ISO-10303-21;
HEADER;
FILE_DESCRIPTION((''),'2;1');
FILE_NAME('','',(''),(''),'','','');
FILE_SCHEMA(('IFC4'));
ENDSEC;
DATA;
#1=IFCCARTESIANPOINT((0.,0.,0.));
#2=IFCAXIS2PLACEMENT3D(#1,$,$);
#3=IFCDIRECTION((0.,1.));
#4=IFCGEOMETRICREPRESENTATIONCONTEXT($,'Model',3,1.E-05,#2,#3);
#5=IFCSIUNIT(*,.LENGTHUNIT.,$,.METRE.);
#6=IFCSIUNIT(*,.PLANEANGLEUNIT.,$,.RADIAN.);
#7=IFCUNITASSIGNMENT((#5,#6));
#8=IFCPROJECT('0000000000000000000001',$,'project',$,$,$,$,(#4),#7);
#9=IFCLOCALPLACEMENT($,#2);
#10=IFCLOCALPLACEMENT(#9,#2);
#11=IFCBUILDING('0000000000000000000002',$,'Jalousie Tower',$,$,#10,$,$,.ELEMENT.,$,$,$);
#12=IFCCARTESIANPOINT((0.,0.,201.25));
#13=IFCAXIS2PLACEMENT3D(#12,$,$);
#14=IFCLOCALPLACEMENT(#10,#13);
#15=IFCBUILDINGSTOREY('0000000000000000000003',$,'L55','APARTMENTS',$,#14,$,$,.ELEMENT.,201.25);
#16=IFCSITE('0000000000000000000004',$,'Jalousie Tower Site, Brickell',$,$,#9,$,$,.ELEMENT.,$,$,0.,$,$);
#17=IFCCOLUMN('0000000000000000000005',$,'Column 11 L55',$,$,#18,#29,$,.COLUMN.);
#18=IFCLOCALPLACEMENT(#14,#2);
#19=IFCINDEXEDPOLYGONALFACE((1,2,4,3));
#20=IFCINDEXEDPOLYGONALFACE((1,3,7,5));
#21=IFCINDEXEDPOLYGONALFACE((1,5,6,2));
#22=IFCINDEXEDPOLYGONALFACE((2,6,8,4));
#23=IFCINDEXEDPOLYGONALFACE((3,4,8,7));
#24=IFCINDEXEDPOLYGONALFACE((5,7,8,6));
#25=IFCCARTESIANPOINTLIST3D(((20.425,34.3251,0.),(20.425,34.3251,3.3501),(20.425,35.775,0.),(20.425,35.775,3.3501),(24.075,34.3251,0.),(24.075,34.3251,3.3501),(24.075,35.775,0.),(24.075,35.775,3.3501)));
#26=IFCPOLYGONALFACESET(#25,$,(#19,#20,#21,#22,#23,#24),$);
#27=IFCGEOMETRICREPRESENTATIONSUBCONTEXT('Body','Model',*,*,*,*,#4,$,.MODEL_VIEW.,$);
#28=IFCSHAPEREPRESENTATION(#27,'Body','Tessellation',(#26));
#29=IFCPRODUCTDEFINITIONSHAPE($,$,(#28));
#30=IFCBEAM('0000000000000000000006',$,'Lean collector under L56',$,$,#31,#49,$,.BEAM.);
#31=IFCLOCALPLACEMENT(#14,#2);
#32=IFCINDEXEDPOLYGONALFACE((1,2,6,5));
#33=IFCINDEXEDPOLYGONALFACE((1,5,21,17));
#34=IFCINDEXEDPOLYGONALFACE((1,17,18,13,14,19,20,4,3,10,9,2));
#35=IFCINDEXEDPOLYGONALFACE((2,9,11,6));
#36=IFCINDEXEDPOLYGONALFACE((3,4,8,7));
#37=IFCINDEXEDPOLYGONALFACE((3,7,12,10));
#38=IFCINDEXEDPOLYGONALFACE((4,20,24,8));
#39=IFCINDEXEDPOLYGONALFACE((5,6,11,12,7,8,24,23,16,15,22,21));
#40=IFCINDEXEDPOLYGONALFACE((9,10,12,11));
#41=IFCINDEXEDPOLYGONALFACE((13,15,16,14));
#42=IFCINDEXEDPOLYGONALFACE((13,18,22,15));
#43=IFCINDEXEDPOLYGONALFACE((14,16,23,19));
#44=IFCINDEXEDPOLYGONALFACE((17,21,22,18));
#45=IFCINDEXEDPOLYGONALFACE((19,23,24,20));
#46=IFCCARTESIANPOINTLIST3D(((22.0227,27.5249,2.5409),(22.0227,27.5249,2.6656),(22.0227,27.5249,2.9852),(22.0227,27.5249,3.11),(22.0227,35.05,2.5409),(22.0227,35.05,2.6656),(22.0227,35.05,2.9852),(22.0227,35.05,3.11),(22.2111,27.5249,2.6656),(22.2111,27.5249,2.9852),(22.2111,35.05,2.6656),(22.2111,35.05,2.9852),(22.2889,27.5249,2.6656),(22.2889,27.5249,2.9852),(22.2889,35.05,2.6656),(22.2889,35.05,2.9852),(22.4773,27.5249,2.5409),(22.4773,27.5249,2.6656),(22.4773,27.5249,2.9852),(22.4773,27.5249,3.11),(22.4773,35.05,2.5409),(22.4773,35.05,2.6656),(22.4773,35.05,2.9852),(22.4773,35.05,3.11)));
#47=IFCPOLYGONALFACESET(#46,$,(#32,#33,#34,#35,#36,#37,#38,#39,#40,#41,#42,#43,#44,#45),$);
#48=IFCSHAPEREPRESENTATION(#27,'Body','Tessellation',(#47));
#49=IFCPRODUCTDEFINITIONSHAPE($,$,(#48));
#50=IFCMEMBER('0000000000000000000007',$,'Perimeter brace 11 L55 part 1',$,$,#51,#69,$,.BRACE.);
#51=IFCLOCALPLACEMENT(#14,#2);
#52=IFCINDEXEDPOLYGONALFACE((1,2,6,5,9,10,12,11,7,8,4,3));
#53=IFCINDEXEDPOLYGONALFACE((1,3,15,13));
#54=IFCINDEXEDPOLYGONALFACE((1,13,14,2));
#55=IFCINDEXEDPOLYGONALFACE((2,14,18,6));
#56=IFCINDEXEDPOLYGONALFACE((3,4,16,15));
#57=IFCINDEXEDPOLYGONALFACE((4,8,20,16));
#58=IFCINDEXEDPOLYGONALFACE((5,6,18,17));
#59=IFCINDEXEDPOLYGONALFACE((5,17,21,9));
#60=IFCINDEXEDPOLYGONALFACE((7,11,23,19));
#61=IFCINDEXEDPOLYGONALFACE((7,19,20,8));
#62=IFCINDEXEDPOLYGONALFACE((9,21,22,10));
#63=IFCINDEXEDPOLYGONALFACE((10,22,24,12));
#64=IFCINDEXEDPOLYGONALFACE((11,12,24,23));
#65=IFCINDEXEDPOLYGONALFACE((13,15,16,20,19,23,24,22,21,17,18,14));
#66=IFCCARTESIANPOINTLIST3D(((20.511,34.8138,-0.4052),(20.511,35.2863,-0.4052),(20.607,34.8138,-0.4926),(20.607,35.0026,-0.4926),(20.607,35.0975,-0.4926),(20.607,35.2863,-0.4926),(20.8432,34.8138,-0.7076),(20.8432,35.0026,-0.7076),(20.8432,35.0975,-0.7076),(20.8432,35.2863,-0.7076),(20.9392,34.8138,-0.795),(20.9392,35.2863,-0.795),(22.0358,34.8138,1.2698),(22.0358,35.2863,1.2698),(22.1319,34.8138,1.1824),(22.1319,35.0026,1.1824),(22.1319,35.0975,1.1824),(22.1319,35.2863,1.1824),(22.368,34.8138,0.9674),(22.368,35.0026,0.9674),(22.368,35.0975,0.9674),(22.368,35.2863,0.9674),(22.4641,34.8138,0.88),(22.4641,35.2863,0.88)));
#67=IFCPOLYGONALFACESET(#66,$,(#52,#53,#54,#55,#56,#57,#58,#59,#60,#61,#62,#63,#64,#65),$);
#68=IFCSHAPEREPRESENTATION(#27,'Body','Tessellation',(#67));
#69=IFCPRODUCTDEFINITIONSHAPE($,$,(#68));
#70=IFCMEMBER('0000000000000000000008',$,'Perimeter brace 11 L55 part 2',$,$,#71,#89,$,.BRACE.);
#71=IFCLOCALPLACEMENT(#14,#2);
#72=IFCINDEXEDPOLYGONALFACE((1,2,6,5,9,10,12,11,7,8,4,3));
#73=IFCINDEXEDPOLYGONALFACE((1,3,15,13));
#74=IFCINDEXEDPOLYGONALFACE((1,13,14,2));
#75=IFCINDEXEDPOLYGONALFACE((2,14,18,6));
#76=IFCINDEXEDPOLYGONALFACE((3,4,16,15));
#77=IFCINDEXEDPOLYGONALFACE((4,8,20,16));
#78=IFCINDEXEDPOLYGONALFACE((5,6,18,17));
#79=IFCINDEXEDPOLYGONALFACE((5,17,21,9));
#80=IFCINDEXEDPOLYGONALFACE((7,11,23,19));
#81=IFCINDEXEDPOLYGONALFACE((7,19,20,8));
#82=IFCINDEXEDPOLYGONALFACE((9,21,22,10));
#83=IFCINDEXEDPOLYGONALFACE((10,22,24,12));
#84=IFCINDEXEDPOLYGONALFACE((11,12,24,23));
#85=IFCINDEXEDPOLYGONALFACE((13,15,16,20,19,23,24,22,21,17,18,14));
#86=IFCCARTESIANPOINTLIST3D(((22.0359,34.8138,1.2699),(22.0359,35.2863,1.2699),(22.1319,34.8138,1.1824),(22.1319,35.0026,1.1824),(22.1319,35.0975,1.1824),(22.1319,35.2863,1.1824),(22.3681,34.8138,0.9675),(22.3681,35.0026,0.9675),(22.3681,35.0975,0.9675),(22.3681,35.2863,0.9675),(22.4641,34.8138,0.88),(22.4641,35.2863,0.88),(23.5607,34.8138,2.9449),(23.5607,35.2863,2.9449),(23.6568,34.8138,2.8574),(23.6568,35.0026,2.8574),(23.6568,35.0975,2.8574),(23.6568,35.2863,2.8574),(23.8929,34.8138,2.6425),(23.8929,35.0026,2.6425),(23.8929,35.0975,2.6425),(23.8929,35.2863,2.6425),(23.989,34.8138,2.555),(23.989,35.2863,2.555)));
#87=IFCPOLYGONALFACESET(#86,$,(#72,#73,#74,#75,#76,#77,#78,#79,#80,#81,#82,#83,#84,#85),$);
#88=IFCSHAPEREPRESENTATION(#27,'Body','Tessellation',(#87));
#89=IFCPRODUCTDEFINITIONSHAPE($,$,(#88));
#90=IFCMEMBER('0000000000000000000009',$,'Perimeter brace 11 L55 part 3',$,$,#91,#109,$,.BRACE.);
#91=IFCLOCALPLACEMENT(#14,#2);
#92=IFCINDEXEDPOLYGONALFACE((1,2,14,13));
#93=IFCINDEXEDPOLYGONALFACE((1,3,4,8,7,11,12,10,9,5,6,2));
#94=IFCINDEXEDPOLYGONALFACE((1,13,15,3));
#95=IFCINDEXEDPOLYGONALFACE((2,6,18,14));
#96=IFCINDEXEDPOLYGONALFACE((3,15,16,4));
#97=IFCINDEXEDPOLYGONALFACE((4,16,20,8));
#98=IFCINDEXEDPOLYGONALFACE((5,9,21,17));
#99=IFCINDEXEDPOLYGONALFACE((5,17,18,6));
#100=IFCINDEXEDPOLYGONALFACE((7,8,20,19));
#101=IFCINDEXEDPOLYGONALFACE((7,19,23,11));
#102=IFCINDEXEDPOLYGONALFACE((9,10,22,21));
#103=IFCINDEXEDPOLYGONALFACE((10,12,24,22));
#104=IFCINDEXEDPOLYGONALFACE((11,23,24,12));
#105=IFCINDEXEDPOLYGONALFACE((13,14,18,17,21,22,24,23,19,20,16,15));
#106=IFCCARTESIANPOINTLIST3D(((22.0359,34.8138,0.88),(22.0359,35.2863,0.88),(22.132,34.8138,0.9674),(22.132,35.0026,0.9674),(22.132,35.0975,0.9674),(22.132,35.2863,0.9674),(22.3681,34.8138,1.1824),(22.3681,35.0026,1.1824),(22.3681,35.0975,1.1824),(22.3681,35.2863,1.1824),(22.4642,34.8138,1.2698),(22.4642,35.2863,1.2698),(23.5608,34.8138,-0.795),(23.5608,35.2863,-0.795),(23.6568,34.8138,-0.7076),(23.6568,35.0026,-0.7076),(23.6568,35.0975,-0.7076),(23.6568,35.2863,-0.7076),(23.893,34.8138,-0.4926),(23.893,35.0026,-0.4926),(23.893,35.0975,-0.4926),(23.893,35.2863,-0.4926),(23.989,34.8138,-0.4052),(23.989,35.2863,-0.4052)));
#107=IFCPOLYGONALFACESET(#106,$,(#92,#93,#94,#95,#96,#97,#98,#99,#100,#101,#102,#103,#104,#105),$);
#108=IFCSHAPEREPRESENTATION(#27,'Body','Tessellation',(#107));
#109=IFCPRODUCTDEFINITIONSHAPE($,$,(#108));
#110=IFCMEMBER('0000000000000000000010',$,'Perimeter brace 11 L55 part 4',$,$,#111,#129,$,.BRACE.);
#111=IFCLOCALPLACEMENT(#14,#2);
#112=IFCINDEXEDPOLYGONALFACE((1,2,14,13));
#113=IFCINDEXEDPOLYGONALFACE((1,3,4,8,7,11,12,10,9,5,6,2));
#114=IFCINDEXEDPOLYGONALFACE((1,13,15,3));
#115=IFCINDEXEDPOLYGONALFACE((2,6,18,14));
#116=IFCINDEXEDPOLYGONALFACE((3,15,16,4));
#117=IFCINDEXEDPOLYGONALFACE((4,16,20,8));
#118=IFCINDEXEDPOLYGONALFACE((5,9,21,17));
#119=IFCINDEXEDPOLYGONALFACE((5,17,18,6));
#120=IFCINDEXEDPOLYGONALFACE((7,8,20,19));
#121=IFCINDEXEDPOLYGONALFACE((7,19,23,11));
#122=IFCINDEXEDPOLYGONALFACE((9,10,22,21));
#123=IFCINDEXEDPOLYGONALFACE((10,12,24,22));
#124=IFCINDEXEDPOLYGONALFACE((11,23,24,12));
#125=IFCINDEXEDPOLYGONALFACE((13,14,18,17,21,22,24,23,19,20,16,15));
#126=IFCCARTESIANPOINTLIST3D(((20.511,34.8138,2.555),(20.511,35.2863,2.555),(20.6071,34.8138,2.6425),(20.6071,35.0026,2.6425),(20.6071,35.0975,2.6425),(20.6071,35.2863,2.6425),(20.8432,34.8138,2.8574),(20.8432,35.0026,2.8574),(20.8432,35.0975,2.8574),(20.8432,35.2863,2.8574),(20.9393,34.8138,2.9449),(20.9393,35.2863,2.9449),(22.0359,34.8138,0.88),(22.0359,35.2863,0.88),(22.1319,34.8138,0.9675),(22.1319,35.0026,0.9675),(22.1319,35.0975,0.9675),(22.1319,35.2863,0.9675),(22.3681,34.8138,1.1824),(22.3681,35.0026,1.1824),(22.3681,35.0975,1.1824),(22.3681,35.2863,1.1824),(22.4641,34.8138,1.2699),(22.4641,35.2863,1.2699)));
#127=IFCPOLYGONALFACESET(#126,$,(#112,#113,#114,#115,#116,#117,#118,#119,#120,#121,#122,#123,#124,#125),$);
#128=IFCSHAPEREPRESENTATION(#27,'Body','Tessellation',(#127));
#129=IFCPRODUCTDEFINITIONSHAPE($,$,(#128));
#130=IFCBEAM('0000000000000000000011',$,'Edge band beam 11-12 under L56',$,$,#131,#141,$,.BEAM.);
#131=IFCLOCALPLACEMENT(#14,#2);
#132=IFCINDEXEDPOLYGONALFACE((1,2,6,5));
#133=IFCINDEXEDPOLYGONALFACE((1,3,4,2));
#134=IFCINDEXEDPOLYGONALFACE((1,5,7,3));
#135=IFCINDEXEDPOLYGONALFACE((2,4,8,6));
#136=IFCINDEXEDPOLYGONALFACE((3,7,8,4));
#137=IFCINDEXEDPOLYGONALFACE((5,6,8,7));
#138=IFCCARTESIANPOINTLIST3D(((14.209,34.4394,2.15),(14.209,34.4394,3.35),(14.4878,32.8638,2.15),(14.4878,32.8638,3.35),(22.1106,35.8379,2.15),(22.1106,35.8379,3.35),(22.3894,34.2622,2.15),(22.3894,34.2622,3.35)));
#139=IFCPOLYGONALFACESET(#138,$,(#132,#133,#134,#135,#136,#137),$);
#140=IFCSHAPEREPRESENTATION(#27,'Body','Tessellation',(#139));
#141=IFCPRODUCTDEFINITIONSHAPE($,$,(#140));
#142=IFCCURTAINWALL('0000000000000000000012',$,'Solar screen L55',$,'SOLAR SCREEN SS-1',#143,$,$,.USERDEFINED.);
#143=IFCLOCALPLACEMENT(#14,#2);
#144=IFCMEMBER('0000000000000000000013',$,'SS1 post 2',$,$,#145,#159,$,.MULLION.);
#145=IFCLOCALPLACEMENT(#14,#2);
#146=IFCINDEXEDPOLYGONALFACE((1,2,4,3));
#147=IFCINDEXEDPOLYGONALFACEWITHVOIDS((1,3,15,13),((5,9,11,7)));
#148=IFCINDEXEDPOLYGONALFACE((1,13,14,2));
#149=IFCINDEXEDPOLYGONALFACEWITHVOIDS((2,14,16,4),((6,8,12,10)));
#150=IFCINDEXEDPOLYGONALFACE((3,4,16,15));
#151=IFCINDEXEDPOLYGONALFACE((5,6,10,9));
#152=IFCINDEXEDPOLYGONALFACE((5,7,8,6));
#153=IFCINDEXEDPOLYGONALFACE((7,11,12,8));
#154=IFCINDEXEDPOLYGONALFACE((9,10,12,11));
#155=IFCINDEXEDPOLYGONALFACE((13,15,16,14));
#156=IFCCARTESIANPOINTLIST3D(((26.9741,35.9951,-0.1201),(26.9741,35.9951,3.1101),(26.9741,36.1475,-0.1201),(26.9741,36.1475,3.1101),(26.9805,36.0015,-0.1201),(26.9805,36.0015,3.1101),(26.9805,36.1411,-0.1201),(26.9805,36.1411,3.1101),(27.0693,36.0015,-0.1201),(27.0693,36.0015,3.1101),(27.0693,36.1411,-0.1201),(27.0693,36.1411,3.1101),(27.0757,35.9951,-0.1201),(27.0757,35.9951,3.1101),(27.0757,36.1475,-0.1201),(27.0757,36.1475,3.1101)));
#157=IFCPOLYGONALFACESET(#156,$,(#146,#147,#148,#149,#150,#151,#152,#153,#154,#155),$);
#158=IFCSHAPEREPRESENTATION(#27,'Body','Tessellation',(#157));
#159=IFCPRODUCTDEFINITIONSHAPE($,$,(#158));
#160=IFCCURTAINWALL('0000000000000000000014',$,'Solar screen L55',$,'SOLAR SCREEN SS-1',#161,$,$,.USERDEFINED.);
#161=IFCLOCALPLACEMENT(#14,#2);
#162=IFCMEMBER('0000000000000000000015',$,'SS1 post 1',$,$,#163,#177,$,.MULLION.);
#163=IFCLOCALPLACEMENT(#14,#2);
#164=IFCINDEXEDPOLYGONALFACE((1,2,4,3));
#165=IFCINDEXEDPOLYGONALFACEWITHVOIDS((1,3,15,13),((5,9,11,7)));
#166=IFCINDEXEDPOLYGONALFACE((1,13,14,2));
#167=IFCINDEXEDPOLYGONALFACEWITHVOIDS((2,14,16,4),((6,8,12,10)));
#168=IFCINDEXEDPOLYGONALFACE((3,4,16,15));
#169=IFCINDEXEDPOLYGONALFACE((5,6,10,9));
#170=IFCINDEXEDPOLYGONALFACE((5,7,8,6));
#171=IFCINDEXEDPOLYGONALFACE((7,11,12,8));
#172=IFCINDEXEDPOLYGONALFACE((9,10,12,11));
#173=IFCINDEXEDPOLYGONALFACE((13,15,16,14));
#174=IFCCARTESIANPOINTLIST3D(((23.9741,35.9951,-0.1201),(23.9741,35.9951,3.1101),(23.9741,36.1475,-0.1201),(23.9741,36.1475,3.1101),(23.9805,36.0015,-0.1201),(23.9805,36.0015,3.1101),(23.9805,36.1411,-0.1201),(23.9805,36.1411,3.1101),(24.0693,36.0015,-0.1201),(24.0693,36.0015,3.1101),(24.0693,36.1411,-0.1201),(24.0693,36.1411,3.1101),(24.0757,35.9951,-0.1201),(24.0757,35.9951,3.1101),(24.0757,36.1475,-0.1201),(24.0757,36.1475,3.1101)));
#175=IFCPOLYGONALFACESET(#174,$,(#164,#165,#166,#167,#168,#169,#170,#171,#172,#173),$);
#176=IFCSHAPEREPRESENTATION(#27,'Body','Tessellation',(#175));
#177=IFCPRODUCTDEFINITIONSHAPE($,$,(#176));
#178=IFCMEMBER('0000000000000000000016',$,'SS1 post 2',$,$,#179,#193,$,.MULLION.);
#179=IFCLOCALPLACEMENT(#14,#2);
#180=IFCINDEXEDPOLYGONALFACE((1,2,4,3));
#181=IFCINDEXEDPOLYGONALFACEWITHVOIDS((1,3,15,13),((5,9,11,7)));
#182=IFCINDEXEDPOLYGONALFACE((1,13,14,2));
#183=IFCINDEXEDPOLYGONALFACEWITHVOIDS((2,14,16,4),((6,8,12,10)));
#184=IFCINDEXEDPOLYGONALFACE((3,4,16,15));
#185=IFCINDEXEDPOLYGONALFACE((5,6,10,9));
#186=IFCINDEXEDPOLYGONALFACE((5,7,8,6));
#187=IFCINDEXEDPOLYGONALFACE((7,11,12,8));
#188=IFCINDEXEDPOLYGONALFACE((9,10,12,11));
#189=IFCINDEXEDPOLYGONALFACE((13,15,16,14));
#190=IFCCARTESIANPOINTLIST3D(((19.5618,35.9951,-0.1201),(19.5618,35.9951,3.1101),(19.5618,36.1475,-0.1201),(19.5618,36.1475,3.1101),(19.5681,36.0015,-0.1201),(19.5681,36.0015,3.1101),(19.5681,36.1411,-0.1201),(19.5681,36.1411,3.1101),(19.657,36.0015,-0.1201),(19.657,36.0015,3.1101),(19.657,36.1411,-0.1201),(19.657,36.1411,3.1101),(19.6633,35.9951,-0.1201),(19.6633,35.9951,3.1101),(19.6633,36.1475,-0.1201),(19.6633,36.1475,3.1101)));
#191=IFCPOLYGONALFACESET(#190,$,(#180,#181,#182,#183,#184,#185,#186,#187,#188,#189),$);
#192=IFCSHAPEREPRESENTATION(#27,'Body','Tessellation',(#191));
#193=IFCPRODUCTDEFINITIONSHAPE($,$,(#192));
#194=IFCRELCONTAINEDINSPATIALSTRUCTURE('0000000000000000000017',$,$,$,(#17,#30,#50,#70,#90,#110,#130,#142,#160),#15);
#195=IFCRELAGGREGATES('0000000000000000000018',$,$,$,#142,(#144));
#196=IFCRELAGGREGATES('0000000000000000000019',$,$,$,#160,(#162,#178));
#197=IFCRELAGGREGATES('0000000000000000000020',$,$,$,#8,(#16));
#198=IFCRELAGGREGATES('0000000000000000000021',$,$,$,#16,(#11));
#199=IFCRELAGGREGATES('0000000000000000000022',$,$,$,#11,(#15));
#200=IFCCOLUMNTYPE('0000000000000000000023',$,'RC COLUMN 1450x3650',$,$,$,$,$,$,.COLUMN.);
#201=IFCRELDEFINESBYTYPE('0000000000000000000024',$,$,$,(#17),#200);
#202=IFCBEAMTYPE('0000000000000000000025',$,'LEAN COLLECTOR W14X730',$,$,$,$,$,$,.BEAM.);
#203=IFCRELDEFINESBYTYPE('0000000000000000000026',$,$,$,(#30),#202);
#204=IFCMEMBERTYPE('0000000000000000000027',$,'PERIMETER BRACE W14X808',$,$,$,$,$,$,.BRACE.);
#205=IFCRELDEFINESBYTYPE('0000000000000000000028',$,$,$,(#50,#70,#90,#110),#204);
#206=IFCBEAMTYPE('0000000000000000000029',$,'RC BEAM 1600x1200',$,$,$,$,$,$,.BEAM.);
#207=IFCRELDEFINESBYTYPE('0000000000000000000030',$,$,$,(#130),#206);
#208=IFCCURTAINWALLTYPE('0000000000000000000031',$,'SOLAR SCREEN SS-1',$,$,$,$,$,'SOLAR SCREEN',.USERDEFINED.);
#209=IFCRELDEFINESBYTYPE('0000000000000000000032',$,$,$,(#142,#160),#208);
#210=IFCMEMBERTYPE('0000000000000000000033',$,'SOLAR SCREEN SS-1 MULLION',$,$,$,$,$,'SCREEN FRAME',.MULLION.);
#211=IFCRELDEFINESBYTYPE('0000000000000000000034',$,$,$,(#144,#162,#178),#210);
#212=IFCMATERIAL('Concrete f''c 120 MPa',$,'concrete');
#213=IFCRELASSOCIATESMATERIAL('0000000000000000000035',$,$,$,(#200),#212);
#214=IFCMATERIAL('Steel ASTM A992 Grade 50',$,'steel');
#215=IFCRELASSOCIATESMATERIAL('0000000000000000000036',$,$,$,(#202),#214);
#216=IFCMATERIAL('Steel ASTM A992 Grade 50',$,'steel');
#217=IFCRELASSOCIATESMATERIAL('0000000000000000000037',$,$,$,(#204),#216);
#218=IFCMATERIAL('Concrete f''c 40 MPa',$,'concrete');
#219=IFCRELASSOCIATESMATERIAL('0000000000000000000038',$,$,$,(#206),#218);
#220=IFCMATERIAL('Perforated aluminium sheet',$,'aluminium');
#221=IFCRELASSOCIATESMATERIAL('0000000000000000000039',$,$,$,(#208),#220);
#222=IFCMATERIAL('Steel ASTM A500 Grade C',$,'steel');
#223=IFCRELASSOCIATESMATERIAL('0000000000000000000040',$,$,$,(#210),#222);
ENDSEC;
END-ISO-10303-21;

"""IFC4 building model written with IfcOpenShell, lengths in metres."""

from ifc_helpers import new_model, si_unit, direction, frame, origin, origin_2d, place, context, subcontext, project, spatial, rectangle, hollow_rectangle, i_section, extrude, material, material_profile, profile_set, type_object, element, aggregate, save


model = new_model("IFC4")

# Units and contexts
model_context = context("Model", 3, precision=1e-05, world=origin(), true_north=direction((0.0, 1.0)))
body_context = subcontext(model_context, "Body", "Model", "MODEL_VIEW")
ifc_project = project(units=[si_unit("LENGTHUNIT", "METRE"), si_unit("PLANEANGLEUNIT", "RADIAN")], contexts=[model_context])

# Site, building, storey
site_placement = place(None, origin())
site = spatial("IfcSite", under=ifc_project, at=site_placement, Name="Jalousie Tower Site, Brickell", CompositionType="ELEMENT", RefElevation=0.0)
building_placement = place(site_placement, origin())
building = spatial("IfcBuilding", under=site, at=building_placement, Name="Jalousie Tower", CompositionType="ELEMENT")
storey_placement = place(building_placement, frame((0.0, 0.0, 201.25)))
storey = spatial("IfcBuildingStorey", under=building, at=storey_placement, Name="L55", Description="APARTMENTS", CompositionType="ELEMENT", Elevation=201.25)

# Column
ifc_material_1 = material(Name="Concrete f'c 120 MPa", Category="concrete")
ifc_material_profile_1 = material_profile(ifc_material_1, rectangle(XDim=1.45, YDim=3.6499, at=origin_2d()), Name="RC 1450x3650")
ifc_profile_set_1 = profile_set([ifc_material_profile_1], Name="Concrete f'c 120 MPa")
column_type = type_object("IfcColumnType", Name="RC COLUMN 1450x3650", PredefinedType="COLUMN", material=ifc_profile_set_1)
column_placement = place(storey_placement, frame((22.25, 35.05, 0.0), z_axis=(0.0, 0.0, 1.0), x_axis=(0.0, 1.0, 0.0)))
element("IfcColumn", 1, at=column_placement, inside=storey, type_object=column_type, Name="Column 11 L55", PredefinedType="COLUMN", context=body_context, shape_type="SweptSolid", body=[
    extrude(rectangle(XDim=1.45, YDim=3.6499, at=origin_2d()), origin(), (0.0, 0.0, 1.0), 3.3501),
])

# Beam
ifc_material_2 = material(Name="Steel ASTM A992 Grade 50", Category="steel")
ifc_material_profile_2 = material_profile(ifc_material_2, i_section(OverallWidth=0.4546, OverallDepth=0.5691, WebThickness=0.0779, FlangeThickness=0.1248, at=origin_2d()), Name="W14X730")
ifc_profile_set_2 = profile_set([ifc_material_profile_2], Name="Steel ASTM A992 Grade 50")
beam_type_1 = type_object("IfcBeamType", Name="LEAN COLLECTOR W14X730", PredefinedType="BEAM", material=ifc_profile_set_2)
beam_1_placement = place(storey_placement, frame((22.25, 35.05, 2.8254), z_axis=(0.0, -1.0, 0.0), x_axis=(1.0, 0.0, 0.0)))
element("IfcBeam", 2, at=beam_1_placement, inside=storey, type_object=beam_type_1, Name="Lean collector under L56", PredefinedType="BEAM", context=body_context, shape_type="SweptSolid", body=[
    extrude(i_section(OverallWidth=0.4546, OverallDepth=0.5691, WebThickness=0.0779, FlangeThickness=0.1248, at=origin_2d()), origin(), (0.0, 0.0, 1.0), 7.5251),
])

# Members
ifc_material_3 = material(Name="Steel ASTM A992 Grade 50", Category="steel")
ifc_material_profile_3 = material_profile(ifc_material_3, i_section(OverallWidth=0.4724, OverallDepth=0.5791, WebThickness=0.095, FlangeThickness=0.1299, at=origin_2d()), Name="W14X808")
ifc_profile_set_3 = profile_set([ifc_material_profile_3], Name="Steel ASTM A992 Grade 50")
member_type_1 = type_object("IfcMemberType", Name="PERIMETER BRACE W14X808", PredefinedType="BRACE", material=ifc_profile_set_3)
for number, where, z_axis, x_axis, name in (
    (3, (20.7251, 35.05, -0.6001), (0.673188, 0.0, 0.739472), (0.0, 1.0, 0.0), "Perimeter brace 11 L55 part 1"),
    (4, (22.25, 35.05, 1.075), (0.673188, 0.0, 0.739472), (0.0, 1.0, 0.0), "Perimeter brace 11 L55 part 2"),
    (5, (23.7749, 35.05, -0.6001), (-0.673188, 0.0, 0.739472), (0.0, -1.0, 0.0), "Perimeter brace 11 L55 part 3"),
    (6, (22.25, 35.05, 1.075), (-0.673188, 0.0, 0.739472), (0.0, -1.0, 0.0), "Perimeter brace 11 L55 part 4"),
):
    element("IfcMember", number, at=place(storey_placement, frame(where, z_axis=z_axis, x_axis=x_axis)), inside=storey, type_object=member_type_1, Name=name, PredefinedType="BRACE", context=body_context, shape_type="SweptSolid", body=[
        extrude(i_section(OverallWidth=0.4724, OverallDepth=0.5791, WebThickness=0.095, FlangeThickness=0.1299, at=origin_2d()), origin(), (0.0, 0.0, 1.0), 2.2651),
    ])

# Beam
ifc_material_4 = material(Name="Concrete f'c 40 MPa", Category="concrete")
ifc_material_profile_4 = material_profile(ifc_material_4, rectangle(XDim=1.6001, YDim=1.2, at=origin_2d()), Name="RC 1600x1200")
ifc_profile_set_4 = profile_set([ifc_material_profile_4], Name="Concrete f'c 40 MPa")
beam_type_2 = type_object("IfcBeamType", Name="RC BEAM 1600x1200", PredefinedType="BEAM", material=ifc_profile_set_4)
beam_2_placement = place(storey_placement, frame((22.25, 35.05, 2.75), z_axis=(-0.984697, -0.174273, 0.0), x_axis=(0.174273, -0.984697, 0.0)))
element("IfcBeam", 7, at=beam_2_placement, inside=storey, type_object=beam_type_2, Name="Edge band beam 11-12 under L56", PredefinedType="BEAM", context=body_context, shape_type="SweptSolid", body=[
    extrude(rectangle(XDim=1.6001, YDim=1.2, at=origin_2d()), origin(), (0.0, 0.0, 1.0), 8.0244),
])

# Curtain wall, member
ifc_material_5 = material(Name="Perforated aluminium sheet", Category="aluminium")
curtain_wall_type = type_object("IfcCurtainWallType", Name="SOLAR SCREEN SS-1", ElementType="SOLAR SCREEN", PredefinedType="USERDEFINED", material=ifc_material_5)
curtain_wall_1_placement = place(storey_placement, origin())
curtain_wall_1 = element("IfcCurtainWall", 8, at=curtain_wall_1_placement, inside=storey, type_object=curtain_wall_type, Name="Solar screen L55", ObjectType="SOLAR SCREEN SS-1", PredefinedType="USERDEFINED")
ifc_material_6 = material(Name="Steel ASTM A500 Grade C", Category="steel")
ifc_material_profile_5 = material_profile(ifc_material_6, hollow_rectangle(XDim=0.1016, YDim=0.1523, WallThickness=0.0063, at=origin_2d()), Name="HSS6X4X1/4")
ifc_profile_set_5 = profile_set([ifc_material_profile_5], Name="Steel ASTM A500 Grade C")
member_type_2 = type_object("IfcMemberType", Name="SOLAR SCREEN SS-1 MULLION", ElementType="SCREEN FRAME", PredefinedType="MULLION", material=ifc_profile_set_5)
member_1_placement = place(storey_placement, frame((27.0249, 36.0713, -0.1201), z_axis=(0.0, 0.0, 1.0), x_axis=(-1.0, 0.0, 0.0)))
member_1 = element("IfcMember", 9, at=member_1_placement, type_object=member_type_2, Name="SS1 post 2", PredefinedType="MULLION", context=body_context, shape_type="SweptSolid", body=[
    extrude(hollow_rectangle(XDim=0.1016, YDim=0.1523, WallThickness=0.0063, at=origin_2d()), origin(), (0.0, 0.0, 1.0), 3.2302),
])

# Curtain wall, members
curtain_wall_2_placement = place(storey_placement, origin())
curtain_wall_2 = element("IfcCurtainWall", 10, at=curtain_wall_2_placement, inside=storey, type_object=curtain_wall_type, Name="Solar screen L55", ObjectType="SOLAR SCREEN SS-1", PredefinedType="USERDEFINED")
member_2_placement = place(storey_placement, frame((24.0249, 36.0713, -0.1201), z_axis=(0.0, 0.0, 1.0), x_axis=(-1.0, 0.0, 0.0)))
member_2 = element("IfcMember", 11, at=member_2_placement, type_object=member_type_2, Name="SS1 post 1", PredefinedType="MULLION", context=body_context, shape_type="SweptSolid", body=[
    extrude(hollow_rectangle(XDim=0.1016, YDim=0.1523, WallThickness=0.0063, at=origin_2d()), origin(), (0.0, 0.0, 1.0), 3.2302),
])
member_3_placement = place(storey_placement, frame((19.6125, 36.0713, -0.1201), z_axis=(0.0, 0.0, 1.0), x_axis=(-1.0, 0.0, 0.0)))
member_3 = element("IfcMember", 12, at=member_3_placement, type_object=member_type_2, Name="SS1 post 2", PredefinedType="MULLION", context=body_context, shape_type="SweptSolid", body=[
    extrude(hollow_rectangle(XDim=0.1016, YDim=0.1523, WallThickness=0.0063, at=origin_2d()), origin(), (0.0, 0.0, 1.0), 3.2302),
])

aggregate(curtain_wall_1, [member_1])
aggregate(curtain_wall_2, [member_2, member_3])

save(model, "model.ifc")
